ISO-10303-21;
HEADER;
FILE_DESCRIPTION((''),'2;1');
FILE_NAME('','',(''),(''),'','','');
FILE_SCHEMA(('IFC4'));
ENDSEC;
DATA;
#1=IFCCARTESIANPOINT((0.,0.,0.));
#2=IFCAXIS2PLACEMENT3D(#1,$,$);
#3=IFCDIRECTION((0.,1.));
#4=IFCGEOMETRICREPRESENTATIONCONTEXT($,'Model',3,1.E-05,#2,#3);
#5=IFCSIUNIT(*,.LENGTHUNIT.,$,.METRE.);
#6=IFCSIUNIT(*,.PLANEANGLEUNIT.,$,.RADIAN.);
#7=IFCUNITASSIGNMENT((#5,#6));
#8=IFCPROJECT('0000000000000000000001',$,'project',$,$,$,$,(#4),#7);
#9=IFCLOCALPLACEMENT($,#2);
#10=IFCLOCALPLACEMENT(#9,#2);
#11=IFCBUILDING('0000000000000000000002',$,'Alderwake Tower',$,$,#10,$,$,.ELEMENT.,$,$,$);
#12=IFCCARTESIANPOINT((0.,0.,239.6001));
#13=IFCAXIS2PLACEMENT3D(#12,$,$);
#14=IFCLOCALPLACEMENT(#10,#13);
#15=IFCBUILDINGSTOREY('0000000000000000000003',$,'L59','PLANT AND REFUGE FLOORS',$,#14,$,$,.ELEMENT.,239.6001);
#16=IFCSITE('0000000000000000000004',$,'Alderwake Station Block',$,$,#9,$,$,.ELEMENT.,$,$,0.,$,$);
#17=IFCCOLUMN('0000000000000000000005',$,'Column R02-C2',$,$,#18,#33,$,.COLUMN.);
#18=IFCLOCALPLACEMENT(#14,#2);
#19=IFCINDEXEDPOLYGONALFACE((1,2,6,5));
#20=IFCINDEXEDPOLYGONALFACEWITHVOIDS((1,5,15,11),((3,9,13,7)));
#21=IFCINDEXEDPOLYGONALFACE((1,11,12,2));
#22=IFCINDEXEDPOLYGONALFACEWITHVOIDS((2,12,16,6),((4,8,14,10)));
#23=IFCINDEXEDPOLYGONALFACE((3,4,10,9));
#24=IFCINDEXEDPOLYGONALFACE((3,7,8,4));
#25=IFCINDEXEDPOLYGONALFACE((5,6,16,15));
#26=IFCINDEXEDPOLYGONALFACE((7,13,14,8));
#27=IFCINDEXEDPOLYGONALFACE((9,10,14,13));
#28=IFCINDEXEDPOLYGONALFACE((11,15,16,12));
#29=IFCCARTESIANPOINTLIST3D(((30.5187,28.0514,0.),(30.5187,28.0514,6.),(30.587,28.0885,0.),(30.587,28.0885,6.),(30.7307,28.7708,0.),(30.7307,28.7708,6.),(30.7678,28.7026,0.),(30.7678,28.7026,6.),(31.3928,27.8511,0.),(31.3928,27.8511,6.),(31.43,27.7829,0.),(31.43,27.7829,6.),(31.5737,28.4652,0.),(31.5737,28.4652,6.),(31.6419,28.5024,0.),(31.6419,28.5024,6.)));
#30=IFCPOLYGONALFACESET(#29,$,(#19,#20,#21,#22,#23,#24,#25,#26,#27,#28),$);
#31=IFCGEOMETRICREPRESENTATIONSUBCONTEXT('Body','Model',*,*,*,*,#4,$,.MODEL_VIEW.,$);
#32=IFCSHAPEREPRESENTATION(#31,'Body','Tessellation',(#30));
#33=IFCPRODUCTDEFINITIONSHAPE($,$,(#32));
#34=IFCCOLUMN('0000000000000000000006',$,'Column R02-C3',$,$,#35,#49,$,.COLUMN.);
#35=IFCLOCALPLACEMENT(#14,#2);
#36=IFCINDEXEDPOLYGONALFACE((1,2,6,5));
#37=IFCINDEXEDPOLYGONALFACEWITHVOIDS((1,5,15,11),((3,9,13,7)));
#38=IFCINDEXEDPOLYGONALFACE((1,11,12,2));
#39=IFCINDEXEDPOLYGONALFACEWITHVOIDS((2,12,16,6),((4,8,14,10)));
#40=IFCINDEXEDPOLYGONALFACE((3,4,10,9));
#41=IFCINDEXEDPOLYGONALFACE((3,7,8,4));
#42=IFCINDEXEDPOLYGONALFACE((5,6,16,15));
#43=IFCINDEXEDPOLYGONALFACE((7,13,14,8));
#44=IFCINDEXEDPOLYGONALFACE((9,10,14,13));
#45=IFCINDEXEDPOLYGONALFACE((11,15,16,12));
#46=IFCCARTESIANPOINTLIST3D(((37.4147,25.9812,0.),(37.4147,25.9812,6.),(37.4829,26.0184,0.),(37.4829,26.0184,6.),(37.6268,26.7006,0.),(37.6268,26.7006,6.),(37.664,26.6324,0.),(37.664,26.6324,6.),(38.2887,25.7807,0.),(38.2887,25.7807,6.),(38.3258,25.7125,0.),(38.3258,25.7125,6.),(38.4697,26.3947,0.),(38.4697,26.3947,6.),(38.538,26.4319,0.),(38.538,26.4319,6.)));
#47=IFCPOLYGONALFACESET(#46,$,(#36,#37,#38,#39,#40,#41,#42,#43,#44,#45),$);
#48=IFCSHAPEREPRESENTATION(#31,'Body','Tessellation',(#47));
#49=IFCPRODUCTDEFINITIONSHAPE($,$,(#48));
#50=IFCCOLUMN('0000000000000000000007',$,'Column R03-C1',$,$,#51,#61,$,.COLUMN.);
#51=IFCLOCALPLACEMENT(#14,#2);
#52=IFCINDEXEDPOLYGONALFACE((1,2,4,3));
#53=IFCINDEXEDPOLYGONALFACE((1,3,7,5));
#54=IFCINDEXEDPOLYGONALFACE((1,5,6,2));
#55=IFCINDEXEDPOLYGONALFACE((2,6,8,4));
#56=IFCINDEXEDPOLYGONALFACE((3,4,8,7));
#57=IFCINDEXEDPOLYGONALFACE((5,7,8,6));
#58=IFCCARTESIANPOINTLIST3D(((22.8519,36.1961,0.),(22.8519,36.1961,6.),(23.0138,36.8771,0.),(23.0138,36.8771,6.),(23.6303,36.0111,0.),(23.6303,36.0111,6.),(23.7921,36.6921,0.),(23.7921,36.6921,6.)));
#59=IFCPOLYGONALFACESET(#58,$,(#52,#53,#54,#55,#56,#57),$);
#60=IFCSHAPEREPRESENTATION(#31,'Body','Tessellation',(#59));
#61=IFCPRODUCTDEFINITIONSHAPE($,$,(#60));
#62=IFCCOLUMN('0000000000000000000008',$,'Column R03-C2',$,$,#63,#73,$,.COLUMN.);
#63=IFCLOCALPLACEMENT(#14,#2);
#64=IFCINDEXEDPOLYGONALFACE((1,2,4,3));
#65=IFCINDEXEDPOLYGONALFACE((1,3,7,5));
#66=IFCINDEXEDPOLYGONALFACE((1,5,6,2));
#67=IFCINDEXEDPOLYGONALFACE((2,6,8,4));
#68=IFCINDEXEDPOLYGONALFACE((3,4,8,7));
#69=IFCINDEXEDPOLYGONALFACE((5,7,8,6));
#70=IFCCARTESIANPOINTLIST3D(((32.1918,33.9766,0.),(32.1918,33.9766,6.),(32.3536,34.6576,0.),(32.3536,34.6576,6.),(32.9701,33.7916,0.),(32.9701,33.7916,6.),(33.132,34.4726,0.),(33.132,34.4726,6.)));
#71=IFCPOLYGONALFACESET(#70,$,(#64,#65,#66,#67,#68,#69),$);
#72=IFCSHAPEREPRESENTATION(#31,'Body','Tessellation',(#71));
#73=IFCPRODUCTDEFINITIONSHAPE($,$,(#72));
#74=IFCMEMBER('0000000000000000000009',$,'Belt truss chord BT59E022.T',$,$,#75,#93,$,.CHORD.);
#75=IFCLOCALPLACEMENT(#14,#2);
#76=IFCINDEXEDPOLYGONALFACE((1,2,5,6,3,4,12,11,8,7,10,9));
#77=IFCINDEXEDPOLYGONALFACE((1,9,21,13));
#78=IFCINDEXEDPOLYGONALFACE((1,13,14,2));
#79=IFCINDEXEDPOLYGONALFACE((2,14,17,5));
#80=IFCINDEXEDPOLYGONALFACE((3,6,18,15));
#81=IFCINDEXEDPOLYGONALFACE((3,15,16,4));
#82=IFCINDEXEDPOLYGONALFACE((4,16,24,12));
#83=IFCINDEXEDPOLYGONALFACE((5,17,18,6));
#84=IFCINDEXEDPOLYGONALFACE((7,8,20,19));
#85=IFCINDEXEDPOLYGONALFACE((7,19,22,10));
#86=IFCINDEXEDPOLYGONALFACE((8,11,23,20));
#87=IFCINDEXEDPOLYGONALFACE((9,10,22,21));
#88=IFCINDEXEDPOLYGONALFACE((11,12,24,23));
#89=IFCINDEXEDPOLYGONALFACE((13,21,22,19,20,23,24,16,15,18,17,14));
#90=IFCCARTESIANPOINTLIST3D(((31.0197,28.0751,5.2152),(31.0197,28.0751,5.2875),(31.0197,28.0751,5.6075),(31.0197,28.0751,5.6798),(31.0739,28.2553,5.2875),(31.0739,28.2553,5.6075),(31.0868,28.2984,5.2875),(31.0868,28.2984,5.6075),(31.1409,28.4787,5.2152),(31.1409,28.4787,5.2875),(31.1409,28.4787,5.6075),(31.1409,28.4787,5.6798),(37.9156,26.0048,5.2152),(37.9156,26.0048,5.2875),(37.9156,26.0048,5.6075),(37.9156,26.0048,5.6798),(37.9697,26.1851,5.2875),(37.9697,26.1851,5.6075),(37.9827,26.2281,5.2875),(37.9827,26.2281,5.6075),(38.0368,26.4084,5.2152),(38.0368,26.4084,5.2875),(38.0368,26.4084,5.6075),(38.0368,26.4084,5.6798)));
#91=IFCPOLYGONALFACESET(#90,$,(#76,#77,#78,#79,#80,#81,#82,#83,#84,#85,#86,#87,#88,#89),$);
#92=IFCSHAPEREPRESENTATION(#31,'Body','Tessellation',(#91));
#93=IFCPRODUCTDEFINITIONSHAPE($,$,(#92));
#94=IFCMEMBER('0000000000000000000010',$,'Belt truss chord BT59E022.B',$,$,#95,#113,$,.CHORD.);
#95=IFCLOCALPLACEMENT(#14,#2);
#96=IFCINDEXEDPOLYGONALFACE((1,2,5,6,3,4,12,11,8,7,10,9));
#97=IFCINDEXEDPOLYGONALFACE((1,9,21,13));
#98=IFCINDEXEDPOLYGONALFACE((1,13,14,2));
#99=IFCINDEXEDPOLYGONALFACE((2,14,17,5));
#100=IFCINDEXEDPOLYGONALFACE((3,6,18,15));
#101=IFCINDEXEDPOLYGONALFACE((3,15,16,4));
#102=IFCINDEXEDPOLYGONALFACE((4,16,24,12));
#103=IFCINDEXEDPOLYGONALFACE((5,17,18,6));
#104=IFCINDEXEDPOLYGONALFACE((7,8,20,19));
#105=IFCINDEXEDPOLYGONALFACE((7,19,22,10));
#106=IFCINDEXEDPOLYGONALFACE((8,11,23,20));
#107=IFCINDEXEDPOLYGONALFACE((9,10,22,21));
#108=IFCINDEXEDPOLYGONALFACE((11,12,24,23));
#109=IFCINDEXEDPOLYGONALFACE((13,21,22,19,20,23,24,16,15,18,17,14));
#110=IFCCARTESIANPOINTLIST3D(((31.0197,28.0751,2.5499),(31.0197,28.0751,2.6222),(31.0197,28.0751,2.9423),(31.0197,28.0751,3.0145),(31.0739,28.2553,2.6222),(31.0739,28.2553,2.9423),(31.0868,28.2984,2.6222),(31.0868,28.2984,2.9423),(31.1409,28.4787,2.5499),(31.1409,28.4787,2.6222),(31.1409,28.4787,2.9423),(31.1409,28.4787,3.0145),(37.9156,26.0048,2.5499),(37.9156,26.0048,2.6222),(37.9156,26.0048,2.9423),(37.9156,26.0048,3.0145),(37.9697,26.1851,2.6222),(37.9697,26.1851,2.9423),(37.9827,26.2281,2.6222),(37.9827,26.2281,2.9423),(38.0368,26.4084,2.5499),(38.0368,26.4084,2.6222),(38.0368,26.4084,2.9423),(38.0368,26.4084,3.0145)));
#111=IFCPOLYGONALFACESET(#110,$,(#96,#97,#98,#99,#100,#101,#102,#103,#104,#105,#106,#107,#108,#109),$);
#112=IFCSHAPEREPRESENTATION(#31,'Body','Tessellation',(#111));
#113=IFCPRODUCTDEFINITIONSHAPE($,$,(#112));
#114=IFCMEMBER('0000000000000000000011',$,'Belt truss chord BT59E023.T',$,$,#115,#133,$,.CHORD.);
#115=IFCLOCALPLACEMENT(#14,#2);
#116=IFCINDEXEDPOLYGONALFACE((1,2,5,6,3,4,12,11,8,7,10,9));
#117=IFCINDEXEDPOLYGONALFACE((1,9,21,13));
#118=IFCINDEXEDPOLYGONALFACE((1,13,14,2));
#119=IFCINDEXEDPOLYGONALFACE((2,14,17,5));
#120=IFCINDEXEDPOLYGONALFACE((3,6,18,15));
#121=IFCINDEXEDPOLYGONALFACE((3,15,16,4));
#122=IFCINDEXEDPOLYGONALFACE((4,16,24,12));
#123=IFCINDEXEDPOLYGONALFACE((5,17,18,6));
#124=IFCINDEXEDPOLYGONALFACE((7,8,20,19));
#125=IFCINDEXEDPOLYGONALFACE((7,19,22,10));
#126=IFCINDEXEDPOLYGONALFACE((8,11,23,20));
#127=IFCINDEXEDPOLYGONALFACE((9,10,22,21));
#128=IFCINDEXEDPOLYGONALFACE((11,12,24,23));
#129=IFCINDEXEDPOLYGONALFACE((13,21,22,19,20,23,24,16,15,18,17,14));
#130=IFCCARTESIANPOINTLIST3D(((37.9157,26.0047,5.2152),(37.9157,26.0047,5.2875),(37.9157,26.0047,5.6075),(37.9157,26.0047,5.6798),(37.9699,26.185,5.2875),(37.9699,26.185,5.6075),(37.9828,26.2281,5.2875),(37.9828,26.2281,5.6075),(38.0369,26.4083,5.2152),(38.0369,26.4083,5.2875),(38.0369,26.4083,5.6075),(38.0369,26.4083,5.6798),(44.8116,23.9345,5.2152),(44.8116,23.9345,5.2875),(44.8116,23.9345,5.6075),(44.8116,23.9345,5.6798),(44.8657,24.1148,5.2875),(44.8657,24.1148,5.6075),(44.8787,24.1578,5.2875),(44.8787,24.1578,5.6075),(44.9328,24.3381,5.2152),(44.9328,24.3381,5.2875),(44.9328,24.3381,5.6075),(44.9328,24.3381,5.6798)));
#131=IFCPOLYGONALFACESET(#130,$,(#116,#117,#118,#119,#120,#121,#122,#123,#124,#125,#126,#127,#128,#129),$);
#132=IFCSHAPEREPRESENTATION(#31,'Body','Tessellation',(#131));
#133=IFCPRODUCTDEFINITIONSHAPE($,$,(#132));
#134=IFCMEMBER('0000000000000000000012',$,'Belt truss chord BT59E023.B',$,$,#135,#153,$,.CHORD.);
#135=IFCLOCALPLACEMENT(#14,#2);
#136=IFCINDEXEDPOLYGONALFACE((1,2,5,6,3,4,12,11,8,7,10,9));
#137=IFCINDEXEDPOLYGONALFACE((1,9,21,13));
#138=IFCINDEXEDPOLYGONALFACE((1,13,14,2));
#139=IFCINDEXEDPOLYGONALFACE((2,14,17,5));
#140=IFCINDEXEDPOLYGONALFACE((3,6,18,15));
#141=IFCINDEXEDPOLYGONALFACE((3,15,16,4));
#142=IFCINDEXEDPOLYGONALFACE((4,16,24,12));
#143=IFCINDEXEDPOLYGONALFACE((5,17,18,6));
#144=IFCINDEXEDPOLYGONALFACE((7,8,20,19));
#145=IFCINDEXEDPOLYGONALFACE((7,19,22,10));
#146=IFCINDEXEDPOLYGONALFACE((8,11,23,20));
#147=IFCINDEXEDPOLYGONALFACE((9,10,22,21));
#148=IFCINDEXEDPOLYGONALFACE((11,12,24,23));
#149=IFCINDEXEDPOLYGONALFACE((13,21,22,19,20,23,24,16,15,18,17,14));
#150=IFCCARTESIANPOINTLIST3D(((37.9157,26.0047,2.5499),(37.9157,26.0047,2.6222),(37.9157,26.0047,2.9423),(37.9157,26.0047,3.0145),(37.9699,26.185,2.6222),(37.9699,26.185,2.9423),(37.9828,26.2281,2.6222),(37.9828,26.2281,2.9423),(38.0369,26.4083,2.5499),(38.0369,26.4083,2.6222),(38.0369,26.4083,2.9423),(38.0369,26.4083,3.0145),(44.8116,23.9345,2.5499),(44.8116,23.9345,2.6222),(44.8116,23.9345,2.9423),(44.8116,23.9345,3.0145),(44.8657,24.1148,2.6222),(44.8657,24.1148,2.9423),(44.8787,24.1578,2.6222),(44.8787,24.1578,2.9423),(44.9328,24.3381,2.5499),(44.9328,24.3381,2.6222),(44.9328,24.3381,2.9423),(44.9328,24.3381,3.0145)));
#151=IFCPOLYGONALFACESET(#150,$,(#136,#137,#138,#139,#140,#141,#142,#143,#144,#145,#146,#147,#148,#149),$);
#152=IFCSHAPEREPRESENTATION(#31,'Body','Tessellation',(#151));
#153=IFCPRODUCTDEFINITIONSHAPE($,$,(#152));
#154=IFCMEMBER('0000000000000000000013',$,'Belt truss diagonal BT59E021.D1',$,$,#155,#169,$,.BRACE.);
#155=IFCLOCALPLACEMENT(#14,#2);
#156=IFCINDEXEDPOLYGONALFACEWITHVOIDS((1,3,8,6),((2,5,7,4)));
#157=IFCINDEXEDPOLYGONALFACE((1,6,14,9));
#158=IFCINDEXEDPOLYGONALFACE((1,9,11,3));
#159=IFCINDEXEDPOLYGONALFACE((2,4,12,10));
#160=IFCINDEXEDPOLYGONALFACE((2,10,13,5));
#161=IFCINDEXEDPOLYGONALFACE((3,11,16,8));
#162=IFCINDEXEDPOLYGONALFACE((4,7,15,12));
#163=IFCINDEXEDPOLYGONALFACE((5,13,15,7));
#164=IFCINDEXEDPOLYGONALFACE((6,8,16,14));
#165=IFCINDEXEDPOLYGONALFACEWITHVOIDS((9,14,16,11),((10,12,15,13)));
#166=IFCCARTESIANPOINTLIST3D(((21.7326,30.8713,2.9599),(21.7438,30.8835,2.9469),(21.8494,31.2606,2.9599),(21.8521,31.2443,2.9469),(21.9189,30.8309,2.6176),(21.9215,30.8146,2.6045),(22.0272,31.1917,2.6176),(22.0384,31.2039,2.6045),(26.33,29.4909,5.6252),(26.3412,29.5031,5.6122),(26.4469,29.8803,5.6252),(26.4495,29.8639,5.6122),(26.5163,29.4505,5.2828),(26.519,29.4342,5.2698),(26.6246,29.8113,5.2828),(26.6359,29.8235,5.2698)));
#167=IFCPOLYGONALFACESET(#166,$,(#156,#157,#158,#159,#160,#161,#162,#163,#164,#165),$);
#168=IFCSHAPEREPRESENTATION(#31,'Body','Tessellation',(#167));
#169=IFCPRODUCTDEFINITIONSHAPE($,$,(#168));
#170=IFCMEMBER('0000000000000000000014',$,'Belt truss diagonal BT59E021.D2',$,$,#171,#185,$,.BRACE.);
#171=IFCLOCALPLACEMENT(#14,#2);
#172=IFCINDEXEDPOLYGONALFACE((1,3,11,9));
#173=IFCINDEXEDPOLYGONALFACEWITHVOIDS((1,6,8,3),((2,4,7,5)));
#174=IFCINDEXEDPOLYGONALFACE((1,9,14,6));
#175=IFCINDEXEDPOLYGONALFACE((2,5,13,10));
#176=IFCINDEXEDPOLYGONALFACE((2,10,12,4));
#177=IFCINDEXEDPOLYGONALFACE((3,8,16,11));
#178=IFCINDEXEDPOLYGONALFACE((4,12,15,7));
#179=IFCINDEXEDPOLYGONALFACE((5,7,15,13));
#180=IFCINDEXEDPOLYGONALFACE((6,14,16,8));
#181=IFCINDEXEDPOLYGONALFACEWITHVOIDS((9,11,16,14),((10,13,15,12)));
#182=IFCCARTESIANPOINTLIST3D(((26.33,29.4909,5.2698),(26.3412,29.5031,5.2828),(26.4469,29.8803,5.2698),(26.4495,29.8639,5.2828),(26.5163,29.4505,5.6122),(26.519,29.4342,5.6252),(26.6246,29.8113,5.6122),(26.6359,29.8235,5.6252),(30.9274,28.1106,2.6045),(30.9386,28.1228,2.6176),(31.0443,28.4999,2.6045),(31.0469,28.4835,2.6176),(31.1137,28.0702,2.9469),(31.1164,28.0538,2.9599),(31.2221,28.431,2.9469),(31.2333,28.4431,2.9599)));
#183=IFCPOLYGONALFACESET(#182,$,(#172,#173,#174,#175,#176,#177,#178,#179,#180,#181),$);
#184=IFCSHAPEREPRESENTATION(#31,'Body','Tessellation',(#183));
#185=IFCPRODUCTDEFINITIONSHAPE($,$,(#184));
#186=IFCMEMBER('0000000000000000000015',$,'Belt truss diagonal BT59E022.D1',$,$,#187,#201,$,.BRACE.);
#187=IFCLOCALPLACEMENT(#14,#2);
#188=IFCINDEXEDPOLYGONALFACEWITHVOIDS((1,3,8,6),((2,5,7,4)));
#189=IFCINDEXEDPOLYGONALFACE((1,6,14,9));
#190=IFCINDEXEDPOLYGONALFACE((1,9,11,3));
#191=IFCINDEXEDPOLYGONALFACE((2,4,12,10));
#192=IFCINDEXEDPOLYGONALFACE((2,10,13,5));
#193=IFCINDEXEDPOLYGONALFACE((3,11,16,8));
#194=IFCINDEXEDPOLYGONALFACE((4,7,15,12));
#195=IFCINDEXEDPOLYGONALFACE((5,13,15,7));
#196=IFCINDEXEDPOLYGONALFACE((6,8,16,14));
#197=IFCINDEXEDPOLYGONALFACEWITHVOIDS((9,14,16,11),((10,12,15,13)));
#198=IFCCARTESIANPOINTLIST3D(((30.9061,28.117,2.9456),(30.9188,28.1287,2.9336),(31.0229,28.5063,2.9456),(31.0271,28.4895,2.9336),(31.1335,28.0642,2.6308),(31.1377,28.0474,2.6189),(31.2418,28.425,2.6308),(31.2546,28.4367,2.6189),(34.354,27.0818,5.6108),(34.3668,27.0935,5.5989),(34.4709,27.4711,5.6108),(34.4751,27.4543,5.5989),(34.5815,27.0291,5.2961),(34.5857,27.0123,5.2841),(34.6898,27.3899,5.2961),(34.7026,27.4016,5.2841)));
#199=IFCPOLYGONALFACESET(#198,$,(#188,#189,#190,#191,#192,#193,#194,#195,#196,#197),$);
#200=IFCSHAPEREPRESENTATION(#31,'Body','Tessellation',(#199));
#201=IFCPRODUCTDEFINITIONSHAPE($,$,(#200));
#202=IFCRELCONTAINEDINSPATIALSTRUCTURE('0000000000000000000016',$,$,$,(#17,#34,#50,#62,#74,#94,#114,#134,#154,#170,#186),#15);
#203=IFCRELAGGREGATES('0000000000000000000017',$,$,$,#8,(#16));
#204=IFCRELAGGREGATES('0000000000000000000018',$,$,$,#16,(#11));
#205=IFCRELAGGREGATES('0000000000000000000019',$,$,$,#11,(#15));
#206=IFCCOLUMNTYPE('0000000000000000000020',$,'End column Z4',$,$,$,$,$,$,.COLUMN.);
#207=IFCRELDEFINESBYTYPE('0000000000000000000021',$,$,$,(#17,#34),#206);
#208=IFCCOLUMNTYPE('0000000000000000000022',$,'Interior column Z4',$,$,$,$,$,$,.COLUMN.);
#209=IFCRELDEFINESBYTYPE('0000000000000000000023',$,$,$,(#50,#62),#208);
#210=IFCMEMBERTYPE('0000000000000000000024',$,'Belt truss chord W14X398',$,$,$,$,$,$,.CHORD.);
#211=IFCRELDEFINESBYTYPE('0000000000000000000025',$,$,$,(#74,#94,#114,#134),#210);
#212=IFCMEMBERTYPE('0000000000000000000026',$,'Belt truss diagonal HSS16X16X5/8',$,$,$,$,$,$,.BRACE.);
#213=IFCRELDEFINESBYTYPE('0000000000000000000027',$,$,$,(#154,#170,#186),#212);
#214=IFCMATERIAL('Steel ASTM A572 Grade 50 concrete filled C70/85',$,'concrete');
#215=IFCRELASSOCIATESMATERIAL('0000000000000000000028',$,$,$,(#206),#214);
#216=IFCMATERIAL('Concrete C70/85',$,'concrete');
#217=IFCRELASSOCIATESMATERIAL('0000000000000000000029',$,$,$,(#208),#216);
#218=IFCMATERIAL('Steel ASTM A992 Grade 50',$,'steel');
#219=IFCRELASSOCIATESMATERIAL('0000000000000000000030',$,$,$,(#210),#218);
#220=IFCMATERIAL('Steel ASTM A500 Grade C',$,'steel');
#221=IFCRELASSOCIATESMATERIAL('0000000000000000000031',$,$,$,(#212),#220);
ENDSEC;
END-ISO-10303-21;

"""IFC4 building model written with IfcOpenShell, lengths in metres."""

from ifc_helpers import new_model, si_unit, direction, frame, origin, origin_2d, place, context, subcontext, project, spatial, rectangle, hollow_rectangle, i_section, extrude, material, material_profile, profile_set, type_object, element, save


model = new_model("IFC4")

# Units and contexts
model_context = context("Model", 3, precision=1e-05, world=origin(), true_north=direction((0.0, 1.0)))
body_context = subcontext(model_context, "Body", "Model", "MODEL_VIEW")
ifc_project = project(units=[si_unit("LENGTHUNIT", "METRE"), si_unit("PLANEANGLEUNIT", "RADIAN")], contexts=[model_context])

# Site, building, storey
site_placement = place(None, origin())
site = spatial("IfcSite", under=ifc_project, at=site_placement, Name="Alderwake Station Block", CompositionType="ELEMENT", RefElevation=0.0)
building_placement = place(site_placement, origin())
building = spatial("IfcBuilding", under=site, at=building_placement, Name="Alderwake Tower", CompositionType="ELEMENT")
storey_placement = place(building_placement, frame((0.0, 0.0, 239.6001)))
storey = spatial("IfcBuildingStorey", under=building, at=storey_placement, Name="L59", Description="PLANT AND REFUGE FLOORS", CompositionType="ELEMENT", Elevation=239.6001)

# Columns
ifc_material_1 = material(Name="Steel ASTM A572 Grade 50 concrete filled C70/85", Category="concrete")
ifc_material_profile_1 = material_profile(ifc_material_1, hollow_rectangle(XDim=0.75, YDim=0.95, WallThickness=0.0549, at=origin_2d()), Name="BOX 950X750X55")
ifc_profile_set_1 = profile_set([ifc_material_profile_1], Name="Steel ASTM A572 Grade 50 concrete filled C70/85")
column_type_1 = type_object("IfcColumnType", Name="End column Z4", PredefinedType="COLUMN", material=ifc_profile_set_1)
for number, where, z_axis, x_axis, name in (
    (1, (31.0803, 28.2769, 0.0), (0.0, 0.0, 1.0), (0.282583, 0.959243, 0.0), "Column R02-C2"),
    (2, (37.9763, 26.2065, 0.0), (0.0, 0.0, 1.0), (0.282874, 0.959157, 0.0), "Column R02-C3"),
):
    element("IfcColumn", number, at=place(storey_placement, frame(where, z_axis=z_axis, x_axis=x_axis)), inside=storey, type_object=column_type_1, Name=name, PredefinedType="COLUMN", context=body_context, shape_type="SweptSolid", body=[
        extrude(hollow_rectangle(XDim=0.75, YDim=0.95, WallThickness=0.0549, at=origin_2d()), origin(), (0.0, 0.0, 1.0), 6.0),
    ])
ifc_material_2 = material(Name="Concrete C70/85", Category="concrete")
ifc_material_profile_2 = material_profile(ifc_material_2, rectangle(XDim=0.7, YDim=0.8, at=origin_2d()), Name="RC 800X700")
ifc_profile_set_2 = profile_set([ifc_material_profile_2], Name="Concrete C70/85")
column_type_2 = type_object("IfcColumnType", Name="Interior column Z4", PredefinedType="COLUMN", material=ifc_profile_set_2)
for number, where, z_axis, x_axis, name in (
    (3, (23.322, 36.4441, 0.0), (0.0, 0.0, 1.0), (0.231222, 0.972901, 0.0), "Column R03-C1"),
    (4, (32.6619, 34.2246, 0.0), (0.0, 0.0, 1.0), (0.231222, 0.972901, 0.0), "Column R03-C2"),
):
    element("IfcColumn", number, at=place(storey_placement, frame(where, z_axis=z_axis, x_axis=x_axis)), inside=storey, type_object=column_type_2, Name=name, PredefinedType="COLUMN", context=body_context, shape_type="SweptSolid", body=[
        extrude(rectangle(XDim=0.7, YDim=0.8, at=origin_2d()), origin(), (0.0, 0.0, 1.0), 6.0),
    ])

# Members
ifc_material_3 = material(Name="Steel ASTM A992 Grade 50", Category="steel")
ifc_material_profile_3 = material_profile(ifc_material_3, i_section(OverallWidth=0.4214, OverallDepth=0.4646, WebThickness=0.0449, FlangeThickness=0.0723, at=origin_2d()), Name="W14X398")
ifc_profile_set_3 = profile_set([ifc_material_profile_3], Name="Steel ASTM A992 Grade 50")
member_type_1 = type_object("IfcMemberType", Name="Belt truss chord W14X398", PredefinedType="CHORD", material=ifc_profile_set_3)
for number, where, z_axis, x_axis, name in (
    (5, (31.0803, 28.2769, 5.4475), (0.957768, -0.287541, 0.0), (0.287541, 0.957768, 0.0), "Belt truss chord BT59E022.T"),
    (6, (31.0803, 28.2769, 2.7822), (0.957768, -0.287541, 0.0), (0.287541, 0.957768, 0.0), "Belt truss chord BT59E022.B"),
    (7, (37.9763, 26.2065, 5.4475), (0.957768, -0.287541, 0.0), (0.287541, 0.957768, 0.0), "Belt truss chord BT59E023.T"),
    (8, (37.9763, 26.2065, 2.7822), (0.957768, -0.287541, 0.0), (0.287541, 0.957768, 0.0), "Belt truss chord BT59E023.B"),
):
    element("IfcMember", number, at=place(storey_placement, frame(where, z_axis=z_axis, x_axis=x_axis)), inside=storey, type_object=member_type_1, Name=name, PredefinedType="CHORD", context=body_context, shape_type="SweptSolid", body=[
        extrude(i_section(OverallWidth=0.4214, OverallDepth=0.4646, WebThickness=0.0449, FlangeThickness=0.0723, at=origin_2d()), origin(), (0.0, 0.0, 1.0), 7.2),
    ])
ifc_material_4 = material(Name="Steel ASTM A500 Grade C", Category="steel")
ifc_material_profile_4 = material_profile(ifc_material_4, hollow_rectangle(XDim=0.4065, YDim=0.4065, WallThickness=0.0149, at=origin_2d()), Name="HSS16X16X5/8")
ifc_profile_set_4 = profile_set([ifc_material_profile_4], Name="Steel ASTM A500 Grade C")
member_type_2 = type_object("IfcMemberType", Name="Belt truss diagonal HSS16X16X5/8", PredefinedType="BRACE", material=ifc_profile_set_4)
for number, where, z_axis, x_axis, name in (
    (9, (21.8855, 31.0376, 2.7822), (0.837343, -0.251412, 0.485437), (0.287567, 0.95776, 0.0), "Belt truss diagonal BT59E021.D1"),
    (10, (31.0803, 28.2769, 2.7822), (-0.837343, 0.251412, 0.485437), (-0.287567, -0.95776, 0.0), "Belt truss diagonal BT59E021.D2"),
):
    element("IfcMember", number, at=place(storey_placement, frame(where, z_axis=z_axis, x_axis=x_axis)), inside=storey, type_object=member_type_2, Name=name, PredefinedType="BRACE", context=body_context, shape_type="SweptSolid", body=[
        extrude(hollow_rectangle(XDim=0.4065, YDim=0.4065, WallThickness=0.0149, at=origin_2d()), origin(), (0.0, 0.0, 1.0), 5.4905),
    ])
for number, where, z_axis, x_axis, name in (
    (11, (31.0803, 28.2769, 2.7822), (0.769766, -0.231099, 0.595025), (0.287541, 0.957768, 0.0), "Belt truss diagonal BT59E022.D1"),
):
    element("IfcMember", number, at=place(storey_placement, frame(where, z_axis=z_axis, x_axis=x_axis)), inside=storey, type_object=member_type_2, Name=name, PredefinedType="BRACE", context=body_context, shape_type="SweptSolid", body=[
        extrude(hollow_rectangle(XDim=0.4065, YDim=0.4065, WallThickness=0.0149, at=origin_2d()), origin(), (0.0, 0.0, 1.0), 4.4792),
    ])

save(model, "model.ifc")
